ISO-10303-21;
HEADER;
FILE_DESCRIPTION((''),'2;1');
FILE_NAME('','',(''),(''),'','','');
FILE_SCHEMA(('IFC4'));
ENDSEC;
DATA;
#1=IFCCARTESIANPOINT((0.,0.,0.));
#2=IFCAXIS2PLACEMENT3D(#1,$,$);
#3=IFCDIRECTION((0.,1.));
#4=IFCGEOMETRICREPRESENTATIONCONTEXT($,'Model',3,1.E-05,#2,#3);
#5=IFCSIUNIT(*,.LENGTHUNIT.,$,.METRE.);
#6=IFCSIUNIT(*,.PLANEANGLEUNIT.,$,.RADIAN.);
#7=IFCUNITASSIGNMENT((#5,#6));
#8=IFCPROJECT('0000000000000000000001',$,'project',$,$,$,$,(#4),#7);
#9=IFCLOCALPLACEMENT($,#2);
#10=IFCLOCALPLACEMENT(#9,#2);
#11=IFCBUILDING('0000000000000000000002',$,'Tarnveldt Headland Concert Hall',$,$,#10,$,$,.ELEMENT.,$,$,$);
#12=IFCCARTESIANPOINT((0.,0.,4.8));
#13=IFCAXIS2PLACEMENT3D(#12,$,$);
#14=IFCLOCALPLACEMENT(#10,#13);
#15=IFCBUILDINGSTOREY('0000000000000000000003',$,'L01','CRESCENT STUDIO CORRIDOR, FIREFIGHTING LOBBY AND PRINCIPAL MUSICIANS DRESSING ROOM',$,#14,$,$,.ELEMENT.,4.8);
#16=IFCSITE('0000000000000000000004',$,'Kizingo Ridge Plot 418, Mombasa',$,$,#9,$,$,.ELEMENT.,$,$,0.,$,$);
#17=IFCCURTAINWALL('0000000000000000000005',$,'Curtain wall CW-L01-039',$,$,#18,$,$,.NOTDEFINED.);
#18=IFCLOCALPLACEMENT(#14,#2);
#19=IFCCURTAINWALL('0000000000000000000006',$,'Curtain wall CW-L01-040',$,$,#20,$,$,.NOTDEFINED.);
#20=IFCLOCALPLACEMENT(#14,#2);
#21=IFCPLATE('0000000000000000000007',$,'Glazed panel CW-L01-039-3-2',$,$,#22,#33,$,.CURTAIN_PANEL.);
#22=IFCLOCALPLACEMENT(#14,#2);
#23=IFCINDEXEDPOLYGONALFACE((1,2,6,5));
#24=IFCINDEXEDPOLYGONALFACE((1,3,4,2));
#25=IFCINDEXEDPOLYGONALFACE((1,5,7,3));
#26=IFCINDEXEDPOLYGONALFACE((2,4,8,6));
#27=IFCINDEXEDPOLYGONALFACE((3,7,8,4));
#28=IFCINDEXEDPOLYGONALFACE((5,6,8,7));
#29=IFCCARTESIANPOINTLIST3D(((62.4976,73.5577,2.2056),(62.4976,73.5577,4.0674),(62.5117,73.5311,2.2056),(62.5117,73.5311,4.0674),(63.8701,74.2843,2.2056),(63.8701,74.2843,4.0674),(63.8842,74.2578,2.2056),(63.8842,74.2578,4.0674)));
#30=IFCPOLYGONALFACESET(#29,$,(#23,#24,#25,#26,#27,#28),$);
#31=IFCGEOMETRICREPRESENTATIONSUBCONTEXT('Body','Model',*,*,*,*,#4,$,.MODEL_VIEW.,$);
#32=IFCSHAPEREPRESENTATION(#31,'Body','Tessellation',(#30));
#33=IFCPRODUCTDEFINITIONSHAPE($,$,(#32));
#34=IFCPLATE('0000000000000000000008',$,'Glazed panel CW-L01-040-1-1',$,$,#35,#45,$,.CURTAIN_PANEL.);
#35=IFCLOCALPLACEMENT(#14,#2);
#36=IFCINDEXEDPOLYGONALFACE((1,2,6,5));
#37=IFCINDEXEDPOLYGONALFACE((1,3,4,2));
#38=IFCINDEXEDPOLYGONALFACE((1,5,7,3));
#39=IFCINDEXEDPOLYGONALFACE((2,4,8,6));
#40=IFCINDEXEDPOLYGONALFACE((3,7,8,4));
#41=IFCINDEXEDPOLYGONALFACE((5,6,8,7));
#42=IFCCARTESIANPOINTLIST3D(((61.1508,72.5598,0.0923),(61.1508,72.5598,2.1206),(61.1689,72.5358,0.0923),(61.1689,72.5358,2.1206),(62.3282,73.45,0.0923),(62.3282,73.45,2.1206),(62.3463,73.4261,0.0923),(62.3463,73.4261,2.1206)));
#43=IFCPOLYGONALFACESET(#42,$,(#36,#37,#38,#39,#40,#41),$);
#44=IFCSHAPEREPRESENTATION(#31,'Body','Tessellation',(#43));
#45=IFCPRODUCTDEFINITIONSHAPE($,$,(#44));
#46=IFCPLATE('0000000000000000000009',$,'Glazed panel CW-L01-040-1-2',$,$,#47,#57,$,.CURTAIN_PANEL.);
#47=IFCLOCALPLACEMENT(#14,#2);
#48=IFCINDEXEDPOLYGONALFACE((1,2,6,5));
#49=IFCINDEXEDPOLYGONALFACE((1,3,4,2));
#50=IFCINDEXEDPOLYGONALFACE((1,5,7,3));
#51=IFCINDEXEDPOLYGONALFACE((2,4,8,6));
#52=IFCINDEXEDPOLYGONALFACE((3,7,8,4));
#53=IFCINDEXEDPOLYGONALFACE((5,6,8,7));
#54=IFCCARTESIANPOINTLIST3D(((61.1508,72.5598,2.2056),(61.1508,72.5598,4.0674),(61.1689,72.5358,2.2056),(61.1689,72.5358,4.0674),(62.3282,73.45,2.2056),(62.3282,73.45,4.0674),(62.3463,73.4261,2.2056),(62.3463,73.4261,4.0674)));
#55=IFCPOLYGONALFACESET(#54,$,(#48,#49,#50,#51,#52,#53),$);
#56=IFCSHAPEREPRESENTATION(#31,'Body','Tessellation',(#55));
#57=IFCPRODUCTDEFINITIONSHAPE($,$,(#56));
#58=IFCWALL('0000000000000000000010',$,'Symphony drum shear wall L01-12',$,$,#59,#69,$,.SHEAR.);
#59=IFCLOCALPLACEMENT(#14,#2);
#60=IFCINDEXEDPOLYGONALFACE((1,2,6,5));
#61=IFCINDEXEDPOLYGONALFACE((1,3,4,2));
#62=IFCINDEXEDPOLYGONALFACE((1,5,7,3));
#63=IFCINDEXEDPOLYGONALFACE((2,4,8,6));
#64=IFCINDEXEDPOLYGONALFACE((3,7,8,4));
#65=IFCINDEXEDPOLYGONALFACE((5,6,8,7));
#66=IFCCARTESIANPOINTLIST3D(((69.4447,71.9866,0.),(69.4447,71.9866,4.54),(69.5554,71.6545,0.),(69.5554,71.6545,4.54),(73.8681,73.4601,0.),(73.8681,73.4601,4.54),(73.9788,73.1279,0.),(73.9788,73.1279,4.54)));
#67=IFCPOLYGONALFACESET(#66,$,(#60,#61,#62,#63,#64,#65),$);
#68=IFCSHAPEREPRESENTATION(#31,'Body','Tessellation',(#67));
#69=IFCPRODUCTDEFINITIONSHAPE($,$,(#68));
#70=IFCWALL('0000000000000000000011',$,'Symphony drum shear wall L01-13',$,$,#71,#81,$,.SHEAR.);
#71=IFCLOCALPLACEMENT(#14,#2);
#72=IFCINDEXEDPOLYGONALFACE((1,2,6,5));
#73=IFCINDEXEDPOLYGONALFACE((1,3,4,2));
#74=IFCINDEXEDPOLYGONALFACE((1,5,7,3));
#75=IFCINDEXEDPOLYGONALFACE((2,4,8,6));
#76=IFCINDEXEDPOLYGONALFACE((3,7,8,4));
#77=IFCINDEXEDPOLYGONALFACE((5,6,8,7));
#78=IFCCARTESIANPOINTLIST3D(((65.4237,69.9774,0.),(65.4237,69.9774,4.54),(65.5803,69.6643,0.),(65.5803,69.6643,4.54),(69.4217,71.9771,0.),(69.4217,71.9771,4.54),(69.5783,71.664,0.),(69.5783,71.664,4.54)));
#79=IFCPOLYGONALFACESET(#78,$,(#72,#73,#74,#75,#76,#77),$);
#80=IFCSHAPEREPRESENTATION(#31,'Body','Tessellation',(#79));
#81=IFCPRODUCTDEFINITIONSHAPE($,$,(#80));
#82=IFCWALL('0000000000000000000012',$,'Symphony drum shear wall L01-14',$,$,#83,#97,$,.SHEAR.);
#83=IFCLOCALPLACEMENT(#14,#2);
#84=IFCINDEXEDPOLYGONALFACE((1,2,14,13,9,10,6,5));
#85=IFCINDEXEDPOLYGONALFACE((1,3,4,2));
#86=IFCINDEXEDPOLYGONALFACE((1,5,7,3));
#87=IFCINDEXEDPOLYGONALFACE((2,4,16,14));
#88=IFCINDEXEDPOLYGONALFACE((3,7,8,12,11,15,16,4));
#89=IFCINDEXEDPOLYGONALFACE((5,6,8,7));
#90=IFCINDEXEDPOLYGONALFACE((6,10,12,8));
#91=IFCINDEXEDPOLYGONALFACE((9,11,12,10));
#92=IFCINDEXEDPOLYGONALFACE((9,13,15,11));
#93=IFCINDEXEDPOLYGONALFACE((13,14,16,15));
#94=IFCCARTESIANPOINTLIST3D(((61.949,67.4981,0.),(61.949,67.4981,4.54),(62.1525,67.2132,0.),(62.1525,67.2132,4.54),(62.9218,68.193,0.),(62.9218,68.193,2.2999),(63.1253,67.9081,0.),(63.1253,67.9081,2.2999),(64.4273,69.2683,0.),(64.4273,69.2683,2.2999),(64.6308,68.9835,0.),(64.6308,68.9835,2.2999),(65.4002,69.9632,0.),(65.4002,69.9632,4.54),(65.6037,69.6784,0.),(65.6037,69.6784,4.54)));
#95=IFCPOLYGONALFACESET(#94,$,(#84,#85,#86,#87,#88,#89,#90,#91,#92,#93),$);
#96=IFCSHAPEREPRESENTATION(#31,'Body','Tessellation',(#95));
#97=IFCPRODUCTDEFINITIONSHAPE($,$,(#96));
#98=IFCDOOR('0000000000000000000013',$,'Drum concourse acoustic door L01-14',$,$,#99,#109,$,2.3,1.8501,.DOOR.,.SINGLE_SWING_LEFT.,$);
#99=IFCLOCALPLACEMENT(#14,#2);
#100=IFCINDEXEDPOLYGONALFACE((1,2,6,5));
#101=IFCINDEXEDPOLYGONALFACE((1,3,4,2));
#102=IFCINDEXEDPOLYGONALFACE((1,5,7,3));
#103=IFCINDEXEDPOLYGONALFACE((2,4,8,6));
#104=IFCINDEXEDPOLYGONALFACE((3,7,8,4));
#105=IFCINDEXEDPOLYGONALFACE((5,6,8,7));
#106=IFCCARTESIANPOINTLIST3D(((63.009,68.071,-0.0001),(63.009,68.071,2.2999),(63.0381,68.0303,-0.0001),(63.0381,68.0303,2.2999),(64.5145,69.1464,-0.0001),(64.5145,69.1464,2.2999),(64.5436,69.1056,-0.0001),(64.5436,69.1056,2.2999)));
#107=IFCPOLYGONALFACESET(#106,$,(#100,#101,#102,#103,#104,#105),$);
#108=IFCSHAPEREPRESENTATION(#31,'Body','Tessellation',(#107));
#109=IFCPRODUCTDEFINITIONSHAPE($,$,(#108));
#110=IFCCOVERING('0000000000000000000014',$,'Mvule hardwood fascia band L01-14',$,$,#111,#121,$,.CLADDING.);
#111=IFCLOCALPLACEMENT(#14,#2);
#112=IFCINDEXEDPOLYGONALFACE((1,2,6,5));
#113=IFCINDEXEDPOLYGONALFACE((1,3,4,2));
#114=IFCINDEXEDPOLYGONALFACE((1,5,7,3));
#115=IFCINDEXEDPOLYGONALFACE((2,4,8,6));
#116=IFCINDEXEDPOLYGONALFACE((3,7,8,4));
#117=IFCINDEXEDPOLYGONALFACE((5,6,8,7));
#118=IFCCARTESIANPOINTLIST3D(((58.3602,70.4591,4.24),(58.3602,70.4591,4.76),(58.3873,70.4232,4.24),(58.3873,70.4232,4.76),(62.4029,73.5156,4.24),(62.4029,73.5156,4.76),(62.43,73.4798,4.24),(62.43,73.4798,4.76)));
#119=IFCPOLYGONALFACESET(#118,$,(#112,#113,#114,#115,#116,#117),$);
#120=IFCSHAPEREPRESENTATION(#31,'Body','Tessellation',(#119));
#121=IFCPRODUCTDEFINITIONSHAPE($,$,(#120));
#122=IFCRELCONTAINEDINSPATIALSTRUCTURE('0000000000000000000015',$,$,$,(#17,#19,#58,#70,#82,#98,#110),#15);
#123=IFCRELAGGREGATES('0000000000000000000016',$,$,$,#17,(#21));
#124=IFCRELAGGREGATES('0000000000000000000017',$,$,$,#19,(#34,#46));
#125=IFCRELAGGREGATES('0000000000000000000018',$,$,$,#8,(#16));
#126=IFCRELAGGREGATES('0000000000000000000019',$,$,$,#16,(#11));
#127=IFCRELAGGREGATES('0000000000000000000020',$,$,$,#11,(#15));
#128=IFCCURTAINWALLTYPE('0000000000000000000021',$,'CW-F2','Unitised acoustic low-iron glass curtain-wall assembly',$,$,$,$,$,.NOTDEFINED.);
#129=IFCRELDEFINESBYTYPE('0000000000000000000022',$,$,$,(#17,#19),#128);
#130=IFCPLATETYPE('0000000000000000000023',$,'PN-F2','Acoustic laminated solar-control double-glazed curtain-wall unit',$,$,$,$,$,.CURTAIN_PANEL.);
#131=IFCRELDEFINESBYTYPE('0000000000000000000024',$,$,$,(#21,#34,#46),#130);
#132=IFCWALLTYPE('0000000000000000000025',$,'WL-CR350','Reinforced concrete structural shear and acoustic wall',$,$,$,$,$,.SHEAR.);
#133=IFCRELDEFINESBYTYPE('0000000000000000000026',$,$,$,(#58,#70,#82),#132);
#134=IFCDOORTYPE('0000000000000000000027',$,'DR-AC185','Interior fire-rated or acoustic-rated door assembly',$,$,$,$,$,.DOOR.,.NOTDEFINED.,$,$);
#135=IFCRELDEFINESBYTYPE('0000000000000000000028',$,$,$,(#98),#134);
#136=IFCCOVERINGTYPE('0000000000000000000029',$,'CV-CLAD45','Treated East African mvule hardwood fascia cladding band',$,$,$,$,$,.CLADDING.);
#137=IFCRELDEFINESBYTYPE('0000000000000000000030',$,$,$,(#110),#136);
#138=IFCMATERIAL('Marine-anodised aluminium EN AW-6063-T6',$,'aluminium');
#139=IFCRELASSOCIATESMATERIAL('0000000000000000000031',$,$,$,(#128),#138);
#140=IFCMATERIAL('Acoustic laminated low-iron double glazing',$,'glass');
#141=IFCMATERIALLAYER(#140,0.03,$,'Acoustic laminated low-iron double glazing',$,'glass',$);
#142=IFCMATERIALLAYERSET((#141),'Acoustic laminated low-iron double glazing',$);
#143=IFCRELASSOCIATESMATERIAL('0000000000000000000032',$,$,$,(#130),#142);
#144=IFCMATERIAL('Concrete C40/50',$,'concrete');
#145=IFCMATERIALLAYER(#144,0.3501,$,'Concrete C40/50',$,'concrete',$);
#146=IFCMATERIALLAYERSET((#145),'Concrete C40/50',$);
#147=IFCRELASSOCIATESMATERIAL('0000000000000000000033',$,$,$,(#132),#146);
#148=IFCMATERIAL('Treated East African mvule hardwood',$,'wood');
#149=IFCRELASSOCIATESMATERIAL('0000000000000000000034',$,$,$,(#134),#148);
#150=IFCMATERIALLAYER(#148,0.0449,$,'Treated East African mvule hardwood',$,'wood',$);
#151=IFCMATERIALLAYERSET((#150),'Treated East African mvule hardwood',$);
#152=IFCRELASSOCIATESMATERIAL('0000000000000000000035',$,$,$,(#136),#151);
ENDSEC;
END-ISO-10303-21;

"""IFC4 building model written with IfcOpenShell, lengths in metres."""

from ifc_helpers import new_model, si_unit, direction, frame, frame_2d, origin, origin_2d, place, context, subcontext, project, spatial, rectangle, extrude, material, layer, layer_set, type_object, element, fill, aggregate, save


model = new_model("IFC4")

# Units and contexts
model_context = context("Model", 3, precision=1e-05, world=origin(), true_north=direction((0.0, 1.0)))
body_context = subcontext(model_context, "Body", "Model", "MODEL_VIEW")
ifc_project = project(units=[si_unit("LENGTHUNIT", "METRE"), si_unit("PLANEANGLEUNIT", "RADIAN")], contexts=[model_context])

# Site, building, storey
site_placement = place(None, origin())
site = spatial("IfcSite", under=ifc_project, at=site_placement, Name="Kizingo Ridge Plot 418, Mombasa", CompositionType="ELEMENT", RefElevation=0.0)
building_placement = place(site_placement, origin())
building = spatial("IfcBuilding", under=site, at=building_placement, Name="Tarnveldt Headland Concert Hall", CompositionType="ELEMENT")
storey_placement = place(building_placement, frame((0.0, 0.0, 4.8)))
storey = spatial("IfcBuildingStorey", under=building, at=storey_placement, Name="L01", Description="CRESCENT STUDIO CORRIDOR, FIREFIGHTING LOBBY AND PRINCIPAL MUSICIANS DRESSING ROOM", CompositionType="ELEMENT", Elevation=4.8)

# Shared definitions
ifc_material_1 = material(Name="Concrete C40/50", Category="concrete")

# Curtain walls
ifc_material_2 = material(Name="Marine-anodised aluminium EN AW-6063-T6", Category="aluminium")
curtain_wall_type = type_object("IfcCurtainWallType", Name="CW-F2", Description="Unitised acoustic low-iron glass curtain-wall assembly", PredefinedType="NOTDEFINED", material=ifc_material_2)
curtain_wall_1_placement = place(storey_placement, origin())
curtain_wall_1 = element("IfcCurtainWall", 1, at=curtain_wall_1_placement, inside=storey, type_object=curtain_wall_type, Name="Curtain wall CW-L01-039", PredefinedType="NOTDEFINED")
curtain_wall_2_placement = place(storey_placement, origin())
curtain_wall_2 = element("IfcCurtainWall", 2, at=curtain_wall_2_placement, inside=storey, type_object=curtain_wall_type, Name="Curtain wall CW-L01-040", PredefinedType="NOTDEFINED")

# Plates
ifc_material_3 = material(Name="Acoustic laminated low-iron double glazing", Category="glass")
ifc_layer_1 = layer(ifc_material_3, 0.03, Name="Acoustic laminated low-iron double glazing", Category="glass")
ifc_layer_set_1 = layer_set([ifc_layer_1], Name="Acoustic laminated low-iron double glazing")
plate_type = type_object("IfcPlateType", Name="PN-F2", Description="Acoustic laminated solar-control double-glazed curtain-wall unit", PredefinedType="CURTAIN_PANEL", material=ifc_layer_set_1)
plate_1_placement = place(storey_placement, frame((63.1909, 73.9077, 2.2056), z_axis=(0.0, 0.0, 1.0), x_axis=(-0.883782, -0.467899, 0.0)))
plate_1 = element("IfcPlate", 3, at=plate_1_placement, type_object=plate_type, Name="Glazed panel CW-L01-039-3-2", PredefinedType="CURTAIN_PANEL", context=body_context, shape_type="SweptSolid", body=[
    extrude(rectangle(XDim=1.553, YDim=0.03, at=origin_2d()), origin(), (0.0, 0.0, 1.0), 1.8618),
])
aggregate(curtain_wall_1, [plate_1])
plate_2_placement = place(storey_placement, frame((61.7485, 72.9929, 0.0923), z_axis=(0.0, 0.0, 1.0), x_axis=(-0.797658, -0.603111, 0.0)))
plate_2 = element("IfcPlate", 4, at=plate_2_placement, type_object=plate_type, Name="Glazed panel CW-L01-040-1-1", PredefinedType="CURTAIN_PANEL", context=body_context, shape_type="SweptSolid", body=[
    extrude(rectangle(XDim=1.4761, YDim=0.03, at=origin_2d()), origin(), (0.0, 0.0, 1.0), 2.0283),
])
plate_3_placement = place(storey_placement, frame((61.7485, 72.9929, 2.2056), z_axis=(0.0, 0.0, 1.0), x_axis=(-0.797658, -0.603111, 0.0)))
plate_3 = element("IfcPlate", 5, at=plate_3_placement, type_object=plate_type, Name="Glazed panel CW-L01-040-1-2", PredefinedType="CURTAIN_PANEL", context=body_context, shape_type="SweptSolid", body=[
    extrude(rectangle(XDim=1.4761, YDim=0.03, at=origin_2d()), origin(), (0.0, 0.0, 1.0), 1.8618),
])
aggregate(curtain_wall_2, [plate_2, plate_3])

# Walls
ifc_layer_2 = layer(ifc_material_1, 0.3501, Name="Concrete C40/50", Category="concrete")
ifc_layer_set_2 = layer_set([ifc_layer_2], Name="Concrete C40/50")
wall_type = type_object("IfcWallType", Name="WL-CR350", Description="Reinforced concrete structural shear and acoustic wall", PredefinedType="SHEAR", material=ifc_layer_set_2)
wall_1_placement = place(storey_placement, frame((73.9233, 73.2939, 0.0), z_axis=(0.0, 0.0, 1.0), x_axis=(-0.948751, -0.316024, 0.0)))
element("IfcWall", 6, at=wall_1_placement, inside=storey, type_object=wall_type, Name="Symphony drum shear wall L01-12", PredefinedType="SHEAR", context=body_context, shape_type="SweptSolid", body=[
    extrude(rectangle(XDim=4.6624, YDim=0.3501, at=frame_2d((2.3311, 0.0))), origin(), (0.0, 0.0, 1.0), 4.54),
])
wall_2_placement = place(storey_placement, frame((69.5, 71.8206, 0.0), z_axis=(0.0, 0.0, 1.0), x_axis=(-0.894362, -0.447345, 0.0)))
element("IfcWall", 7, at=wall_2_placement, inside=storey, type_object=wall_type, Name="Symphony drum shear wall L01-13", PredefinedType="SHEAR", context=body_context, shape_type="SweptSolid", body=[
    extrude(rectangle(XDim=4.4702, YDim=0.3501, at=frame_2d((2.2351, 0.0))), origin(), (0.0, 0.0, 1.0), 4.54),
])

# Wall, opening, door
wall_3_placement = place(storey_placement, frame((65.502, 69.8208, 0.0), z_axis=(0.0, 0.0, 1.0), x_axis=(-0.813737, -0.581233, 0.0)))
wall_3 = element("IfcWall", 8, at=wall_3_placement, inside=storey, type_object=wall_type, Name="Symphony drum shear wall L01-14", PredefinedType="SHEAR", context=body_context, shape_type="SweptSolid", body=[
    extrude(rectangle(XDim=4.2412, YDim=0.3501, at=frame_2d((2.1206, 0.0))), origin(), (0.0, 0.0, 1.0), 4.54),
])
opening_placement = place(wall_3_placement, frame((1.1956, 0.0, 0.0)))
opening = element("IfcOpeningElement", 9, at=opening_placement, cuts=wall_3, PredefinedType="OPENING", context=body_context, shape_type="SweptSolid", body=[
    extrude(rectangle(XDim=1.8501, YDim=2.3, at=frame_2d((0.925, 1.1499))), frame((0.0, 0.1851, 0.0), z_axis=(0.0, -1.0, 0.0), x_axis=(1.0, 0.0, 0.0)), (0.0, 0.0, 1.0), 0.3701),
])
ifc_material_4 = material(Name="Treated East African mvule hardwood", Category="wood")
door_type = type_object("IfcDoorType", Name="DR-AC185", Description="Interior fire-rated or acoustic-rated door assembly", OperationType="NOTDEFINED", PredefinedType="DOOR", material=ifc_material_4)
door_placement = place(opening_placement, origin())
door = element("IfcDoor", 10, at=door_placement, inside=storey, type_object=door_type, Name="Drum concourse acoustic door L01-14", OperationType="SINGLE_SWING_LEFT", OverallHeight=2.3, OverallWidth=1.8501, PredefinedType="DOOR", context=body_context, shape_type="SweptSolid", body=[
    extrude(rectangle(XDim=1.8501, YDim=2.3, at=frame_2d((0.925, 1.1499))), frame((0.0, 0.0249, 0.0), z_axis=(0.0, -1.0, 0.0), x_axis=(1.0, 0.0, 0.0)), (0.0, 0.0, 1.0), 0.05),
])
fill(opening, door)

# Covering
ifc_layer_3 = layer(ifc_material_4, 0.0449, Name="Treated East African mvule hardwood", Category="wood")
ifc_layer_set_3 = layer_set([ifc_layer_3], Name="Treated East African mvule hardwood")
covering_type = type_object("IfcCoveringType", Name="CV-CLAD45", Description="Treated East African mvule hardwood fascia cladding band", PredefinedType="CLADDING", material=ifc_layer_set_3)
covering_placement = place(storey_placement, frame((62.4165, 73.4978, 4.24), z_axis=(0.0, 0.0, 1.0), x_axis=(-0.797664, -0.603102, 0.0)))
element("IfcCovering", 11, at=covering_placement, inside=storey, type_object=covering_type, Name="Mvule hardwood fascia band L01-14", PredefinedType="CLADDING", context=body_context, shape_type="SweptSolid", body=[
    extrude(rectangle(XDim=5.0681, YDim=0.0449, at=frame_2d((2.5342, 0.0))), origin(), (0.0, 0.0, 1.0), 0.52),
])

save(model, "model.ifc")
